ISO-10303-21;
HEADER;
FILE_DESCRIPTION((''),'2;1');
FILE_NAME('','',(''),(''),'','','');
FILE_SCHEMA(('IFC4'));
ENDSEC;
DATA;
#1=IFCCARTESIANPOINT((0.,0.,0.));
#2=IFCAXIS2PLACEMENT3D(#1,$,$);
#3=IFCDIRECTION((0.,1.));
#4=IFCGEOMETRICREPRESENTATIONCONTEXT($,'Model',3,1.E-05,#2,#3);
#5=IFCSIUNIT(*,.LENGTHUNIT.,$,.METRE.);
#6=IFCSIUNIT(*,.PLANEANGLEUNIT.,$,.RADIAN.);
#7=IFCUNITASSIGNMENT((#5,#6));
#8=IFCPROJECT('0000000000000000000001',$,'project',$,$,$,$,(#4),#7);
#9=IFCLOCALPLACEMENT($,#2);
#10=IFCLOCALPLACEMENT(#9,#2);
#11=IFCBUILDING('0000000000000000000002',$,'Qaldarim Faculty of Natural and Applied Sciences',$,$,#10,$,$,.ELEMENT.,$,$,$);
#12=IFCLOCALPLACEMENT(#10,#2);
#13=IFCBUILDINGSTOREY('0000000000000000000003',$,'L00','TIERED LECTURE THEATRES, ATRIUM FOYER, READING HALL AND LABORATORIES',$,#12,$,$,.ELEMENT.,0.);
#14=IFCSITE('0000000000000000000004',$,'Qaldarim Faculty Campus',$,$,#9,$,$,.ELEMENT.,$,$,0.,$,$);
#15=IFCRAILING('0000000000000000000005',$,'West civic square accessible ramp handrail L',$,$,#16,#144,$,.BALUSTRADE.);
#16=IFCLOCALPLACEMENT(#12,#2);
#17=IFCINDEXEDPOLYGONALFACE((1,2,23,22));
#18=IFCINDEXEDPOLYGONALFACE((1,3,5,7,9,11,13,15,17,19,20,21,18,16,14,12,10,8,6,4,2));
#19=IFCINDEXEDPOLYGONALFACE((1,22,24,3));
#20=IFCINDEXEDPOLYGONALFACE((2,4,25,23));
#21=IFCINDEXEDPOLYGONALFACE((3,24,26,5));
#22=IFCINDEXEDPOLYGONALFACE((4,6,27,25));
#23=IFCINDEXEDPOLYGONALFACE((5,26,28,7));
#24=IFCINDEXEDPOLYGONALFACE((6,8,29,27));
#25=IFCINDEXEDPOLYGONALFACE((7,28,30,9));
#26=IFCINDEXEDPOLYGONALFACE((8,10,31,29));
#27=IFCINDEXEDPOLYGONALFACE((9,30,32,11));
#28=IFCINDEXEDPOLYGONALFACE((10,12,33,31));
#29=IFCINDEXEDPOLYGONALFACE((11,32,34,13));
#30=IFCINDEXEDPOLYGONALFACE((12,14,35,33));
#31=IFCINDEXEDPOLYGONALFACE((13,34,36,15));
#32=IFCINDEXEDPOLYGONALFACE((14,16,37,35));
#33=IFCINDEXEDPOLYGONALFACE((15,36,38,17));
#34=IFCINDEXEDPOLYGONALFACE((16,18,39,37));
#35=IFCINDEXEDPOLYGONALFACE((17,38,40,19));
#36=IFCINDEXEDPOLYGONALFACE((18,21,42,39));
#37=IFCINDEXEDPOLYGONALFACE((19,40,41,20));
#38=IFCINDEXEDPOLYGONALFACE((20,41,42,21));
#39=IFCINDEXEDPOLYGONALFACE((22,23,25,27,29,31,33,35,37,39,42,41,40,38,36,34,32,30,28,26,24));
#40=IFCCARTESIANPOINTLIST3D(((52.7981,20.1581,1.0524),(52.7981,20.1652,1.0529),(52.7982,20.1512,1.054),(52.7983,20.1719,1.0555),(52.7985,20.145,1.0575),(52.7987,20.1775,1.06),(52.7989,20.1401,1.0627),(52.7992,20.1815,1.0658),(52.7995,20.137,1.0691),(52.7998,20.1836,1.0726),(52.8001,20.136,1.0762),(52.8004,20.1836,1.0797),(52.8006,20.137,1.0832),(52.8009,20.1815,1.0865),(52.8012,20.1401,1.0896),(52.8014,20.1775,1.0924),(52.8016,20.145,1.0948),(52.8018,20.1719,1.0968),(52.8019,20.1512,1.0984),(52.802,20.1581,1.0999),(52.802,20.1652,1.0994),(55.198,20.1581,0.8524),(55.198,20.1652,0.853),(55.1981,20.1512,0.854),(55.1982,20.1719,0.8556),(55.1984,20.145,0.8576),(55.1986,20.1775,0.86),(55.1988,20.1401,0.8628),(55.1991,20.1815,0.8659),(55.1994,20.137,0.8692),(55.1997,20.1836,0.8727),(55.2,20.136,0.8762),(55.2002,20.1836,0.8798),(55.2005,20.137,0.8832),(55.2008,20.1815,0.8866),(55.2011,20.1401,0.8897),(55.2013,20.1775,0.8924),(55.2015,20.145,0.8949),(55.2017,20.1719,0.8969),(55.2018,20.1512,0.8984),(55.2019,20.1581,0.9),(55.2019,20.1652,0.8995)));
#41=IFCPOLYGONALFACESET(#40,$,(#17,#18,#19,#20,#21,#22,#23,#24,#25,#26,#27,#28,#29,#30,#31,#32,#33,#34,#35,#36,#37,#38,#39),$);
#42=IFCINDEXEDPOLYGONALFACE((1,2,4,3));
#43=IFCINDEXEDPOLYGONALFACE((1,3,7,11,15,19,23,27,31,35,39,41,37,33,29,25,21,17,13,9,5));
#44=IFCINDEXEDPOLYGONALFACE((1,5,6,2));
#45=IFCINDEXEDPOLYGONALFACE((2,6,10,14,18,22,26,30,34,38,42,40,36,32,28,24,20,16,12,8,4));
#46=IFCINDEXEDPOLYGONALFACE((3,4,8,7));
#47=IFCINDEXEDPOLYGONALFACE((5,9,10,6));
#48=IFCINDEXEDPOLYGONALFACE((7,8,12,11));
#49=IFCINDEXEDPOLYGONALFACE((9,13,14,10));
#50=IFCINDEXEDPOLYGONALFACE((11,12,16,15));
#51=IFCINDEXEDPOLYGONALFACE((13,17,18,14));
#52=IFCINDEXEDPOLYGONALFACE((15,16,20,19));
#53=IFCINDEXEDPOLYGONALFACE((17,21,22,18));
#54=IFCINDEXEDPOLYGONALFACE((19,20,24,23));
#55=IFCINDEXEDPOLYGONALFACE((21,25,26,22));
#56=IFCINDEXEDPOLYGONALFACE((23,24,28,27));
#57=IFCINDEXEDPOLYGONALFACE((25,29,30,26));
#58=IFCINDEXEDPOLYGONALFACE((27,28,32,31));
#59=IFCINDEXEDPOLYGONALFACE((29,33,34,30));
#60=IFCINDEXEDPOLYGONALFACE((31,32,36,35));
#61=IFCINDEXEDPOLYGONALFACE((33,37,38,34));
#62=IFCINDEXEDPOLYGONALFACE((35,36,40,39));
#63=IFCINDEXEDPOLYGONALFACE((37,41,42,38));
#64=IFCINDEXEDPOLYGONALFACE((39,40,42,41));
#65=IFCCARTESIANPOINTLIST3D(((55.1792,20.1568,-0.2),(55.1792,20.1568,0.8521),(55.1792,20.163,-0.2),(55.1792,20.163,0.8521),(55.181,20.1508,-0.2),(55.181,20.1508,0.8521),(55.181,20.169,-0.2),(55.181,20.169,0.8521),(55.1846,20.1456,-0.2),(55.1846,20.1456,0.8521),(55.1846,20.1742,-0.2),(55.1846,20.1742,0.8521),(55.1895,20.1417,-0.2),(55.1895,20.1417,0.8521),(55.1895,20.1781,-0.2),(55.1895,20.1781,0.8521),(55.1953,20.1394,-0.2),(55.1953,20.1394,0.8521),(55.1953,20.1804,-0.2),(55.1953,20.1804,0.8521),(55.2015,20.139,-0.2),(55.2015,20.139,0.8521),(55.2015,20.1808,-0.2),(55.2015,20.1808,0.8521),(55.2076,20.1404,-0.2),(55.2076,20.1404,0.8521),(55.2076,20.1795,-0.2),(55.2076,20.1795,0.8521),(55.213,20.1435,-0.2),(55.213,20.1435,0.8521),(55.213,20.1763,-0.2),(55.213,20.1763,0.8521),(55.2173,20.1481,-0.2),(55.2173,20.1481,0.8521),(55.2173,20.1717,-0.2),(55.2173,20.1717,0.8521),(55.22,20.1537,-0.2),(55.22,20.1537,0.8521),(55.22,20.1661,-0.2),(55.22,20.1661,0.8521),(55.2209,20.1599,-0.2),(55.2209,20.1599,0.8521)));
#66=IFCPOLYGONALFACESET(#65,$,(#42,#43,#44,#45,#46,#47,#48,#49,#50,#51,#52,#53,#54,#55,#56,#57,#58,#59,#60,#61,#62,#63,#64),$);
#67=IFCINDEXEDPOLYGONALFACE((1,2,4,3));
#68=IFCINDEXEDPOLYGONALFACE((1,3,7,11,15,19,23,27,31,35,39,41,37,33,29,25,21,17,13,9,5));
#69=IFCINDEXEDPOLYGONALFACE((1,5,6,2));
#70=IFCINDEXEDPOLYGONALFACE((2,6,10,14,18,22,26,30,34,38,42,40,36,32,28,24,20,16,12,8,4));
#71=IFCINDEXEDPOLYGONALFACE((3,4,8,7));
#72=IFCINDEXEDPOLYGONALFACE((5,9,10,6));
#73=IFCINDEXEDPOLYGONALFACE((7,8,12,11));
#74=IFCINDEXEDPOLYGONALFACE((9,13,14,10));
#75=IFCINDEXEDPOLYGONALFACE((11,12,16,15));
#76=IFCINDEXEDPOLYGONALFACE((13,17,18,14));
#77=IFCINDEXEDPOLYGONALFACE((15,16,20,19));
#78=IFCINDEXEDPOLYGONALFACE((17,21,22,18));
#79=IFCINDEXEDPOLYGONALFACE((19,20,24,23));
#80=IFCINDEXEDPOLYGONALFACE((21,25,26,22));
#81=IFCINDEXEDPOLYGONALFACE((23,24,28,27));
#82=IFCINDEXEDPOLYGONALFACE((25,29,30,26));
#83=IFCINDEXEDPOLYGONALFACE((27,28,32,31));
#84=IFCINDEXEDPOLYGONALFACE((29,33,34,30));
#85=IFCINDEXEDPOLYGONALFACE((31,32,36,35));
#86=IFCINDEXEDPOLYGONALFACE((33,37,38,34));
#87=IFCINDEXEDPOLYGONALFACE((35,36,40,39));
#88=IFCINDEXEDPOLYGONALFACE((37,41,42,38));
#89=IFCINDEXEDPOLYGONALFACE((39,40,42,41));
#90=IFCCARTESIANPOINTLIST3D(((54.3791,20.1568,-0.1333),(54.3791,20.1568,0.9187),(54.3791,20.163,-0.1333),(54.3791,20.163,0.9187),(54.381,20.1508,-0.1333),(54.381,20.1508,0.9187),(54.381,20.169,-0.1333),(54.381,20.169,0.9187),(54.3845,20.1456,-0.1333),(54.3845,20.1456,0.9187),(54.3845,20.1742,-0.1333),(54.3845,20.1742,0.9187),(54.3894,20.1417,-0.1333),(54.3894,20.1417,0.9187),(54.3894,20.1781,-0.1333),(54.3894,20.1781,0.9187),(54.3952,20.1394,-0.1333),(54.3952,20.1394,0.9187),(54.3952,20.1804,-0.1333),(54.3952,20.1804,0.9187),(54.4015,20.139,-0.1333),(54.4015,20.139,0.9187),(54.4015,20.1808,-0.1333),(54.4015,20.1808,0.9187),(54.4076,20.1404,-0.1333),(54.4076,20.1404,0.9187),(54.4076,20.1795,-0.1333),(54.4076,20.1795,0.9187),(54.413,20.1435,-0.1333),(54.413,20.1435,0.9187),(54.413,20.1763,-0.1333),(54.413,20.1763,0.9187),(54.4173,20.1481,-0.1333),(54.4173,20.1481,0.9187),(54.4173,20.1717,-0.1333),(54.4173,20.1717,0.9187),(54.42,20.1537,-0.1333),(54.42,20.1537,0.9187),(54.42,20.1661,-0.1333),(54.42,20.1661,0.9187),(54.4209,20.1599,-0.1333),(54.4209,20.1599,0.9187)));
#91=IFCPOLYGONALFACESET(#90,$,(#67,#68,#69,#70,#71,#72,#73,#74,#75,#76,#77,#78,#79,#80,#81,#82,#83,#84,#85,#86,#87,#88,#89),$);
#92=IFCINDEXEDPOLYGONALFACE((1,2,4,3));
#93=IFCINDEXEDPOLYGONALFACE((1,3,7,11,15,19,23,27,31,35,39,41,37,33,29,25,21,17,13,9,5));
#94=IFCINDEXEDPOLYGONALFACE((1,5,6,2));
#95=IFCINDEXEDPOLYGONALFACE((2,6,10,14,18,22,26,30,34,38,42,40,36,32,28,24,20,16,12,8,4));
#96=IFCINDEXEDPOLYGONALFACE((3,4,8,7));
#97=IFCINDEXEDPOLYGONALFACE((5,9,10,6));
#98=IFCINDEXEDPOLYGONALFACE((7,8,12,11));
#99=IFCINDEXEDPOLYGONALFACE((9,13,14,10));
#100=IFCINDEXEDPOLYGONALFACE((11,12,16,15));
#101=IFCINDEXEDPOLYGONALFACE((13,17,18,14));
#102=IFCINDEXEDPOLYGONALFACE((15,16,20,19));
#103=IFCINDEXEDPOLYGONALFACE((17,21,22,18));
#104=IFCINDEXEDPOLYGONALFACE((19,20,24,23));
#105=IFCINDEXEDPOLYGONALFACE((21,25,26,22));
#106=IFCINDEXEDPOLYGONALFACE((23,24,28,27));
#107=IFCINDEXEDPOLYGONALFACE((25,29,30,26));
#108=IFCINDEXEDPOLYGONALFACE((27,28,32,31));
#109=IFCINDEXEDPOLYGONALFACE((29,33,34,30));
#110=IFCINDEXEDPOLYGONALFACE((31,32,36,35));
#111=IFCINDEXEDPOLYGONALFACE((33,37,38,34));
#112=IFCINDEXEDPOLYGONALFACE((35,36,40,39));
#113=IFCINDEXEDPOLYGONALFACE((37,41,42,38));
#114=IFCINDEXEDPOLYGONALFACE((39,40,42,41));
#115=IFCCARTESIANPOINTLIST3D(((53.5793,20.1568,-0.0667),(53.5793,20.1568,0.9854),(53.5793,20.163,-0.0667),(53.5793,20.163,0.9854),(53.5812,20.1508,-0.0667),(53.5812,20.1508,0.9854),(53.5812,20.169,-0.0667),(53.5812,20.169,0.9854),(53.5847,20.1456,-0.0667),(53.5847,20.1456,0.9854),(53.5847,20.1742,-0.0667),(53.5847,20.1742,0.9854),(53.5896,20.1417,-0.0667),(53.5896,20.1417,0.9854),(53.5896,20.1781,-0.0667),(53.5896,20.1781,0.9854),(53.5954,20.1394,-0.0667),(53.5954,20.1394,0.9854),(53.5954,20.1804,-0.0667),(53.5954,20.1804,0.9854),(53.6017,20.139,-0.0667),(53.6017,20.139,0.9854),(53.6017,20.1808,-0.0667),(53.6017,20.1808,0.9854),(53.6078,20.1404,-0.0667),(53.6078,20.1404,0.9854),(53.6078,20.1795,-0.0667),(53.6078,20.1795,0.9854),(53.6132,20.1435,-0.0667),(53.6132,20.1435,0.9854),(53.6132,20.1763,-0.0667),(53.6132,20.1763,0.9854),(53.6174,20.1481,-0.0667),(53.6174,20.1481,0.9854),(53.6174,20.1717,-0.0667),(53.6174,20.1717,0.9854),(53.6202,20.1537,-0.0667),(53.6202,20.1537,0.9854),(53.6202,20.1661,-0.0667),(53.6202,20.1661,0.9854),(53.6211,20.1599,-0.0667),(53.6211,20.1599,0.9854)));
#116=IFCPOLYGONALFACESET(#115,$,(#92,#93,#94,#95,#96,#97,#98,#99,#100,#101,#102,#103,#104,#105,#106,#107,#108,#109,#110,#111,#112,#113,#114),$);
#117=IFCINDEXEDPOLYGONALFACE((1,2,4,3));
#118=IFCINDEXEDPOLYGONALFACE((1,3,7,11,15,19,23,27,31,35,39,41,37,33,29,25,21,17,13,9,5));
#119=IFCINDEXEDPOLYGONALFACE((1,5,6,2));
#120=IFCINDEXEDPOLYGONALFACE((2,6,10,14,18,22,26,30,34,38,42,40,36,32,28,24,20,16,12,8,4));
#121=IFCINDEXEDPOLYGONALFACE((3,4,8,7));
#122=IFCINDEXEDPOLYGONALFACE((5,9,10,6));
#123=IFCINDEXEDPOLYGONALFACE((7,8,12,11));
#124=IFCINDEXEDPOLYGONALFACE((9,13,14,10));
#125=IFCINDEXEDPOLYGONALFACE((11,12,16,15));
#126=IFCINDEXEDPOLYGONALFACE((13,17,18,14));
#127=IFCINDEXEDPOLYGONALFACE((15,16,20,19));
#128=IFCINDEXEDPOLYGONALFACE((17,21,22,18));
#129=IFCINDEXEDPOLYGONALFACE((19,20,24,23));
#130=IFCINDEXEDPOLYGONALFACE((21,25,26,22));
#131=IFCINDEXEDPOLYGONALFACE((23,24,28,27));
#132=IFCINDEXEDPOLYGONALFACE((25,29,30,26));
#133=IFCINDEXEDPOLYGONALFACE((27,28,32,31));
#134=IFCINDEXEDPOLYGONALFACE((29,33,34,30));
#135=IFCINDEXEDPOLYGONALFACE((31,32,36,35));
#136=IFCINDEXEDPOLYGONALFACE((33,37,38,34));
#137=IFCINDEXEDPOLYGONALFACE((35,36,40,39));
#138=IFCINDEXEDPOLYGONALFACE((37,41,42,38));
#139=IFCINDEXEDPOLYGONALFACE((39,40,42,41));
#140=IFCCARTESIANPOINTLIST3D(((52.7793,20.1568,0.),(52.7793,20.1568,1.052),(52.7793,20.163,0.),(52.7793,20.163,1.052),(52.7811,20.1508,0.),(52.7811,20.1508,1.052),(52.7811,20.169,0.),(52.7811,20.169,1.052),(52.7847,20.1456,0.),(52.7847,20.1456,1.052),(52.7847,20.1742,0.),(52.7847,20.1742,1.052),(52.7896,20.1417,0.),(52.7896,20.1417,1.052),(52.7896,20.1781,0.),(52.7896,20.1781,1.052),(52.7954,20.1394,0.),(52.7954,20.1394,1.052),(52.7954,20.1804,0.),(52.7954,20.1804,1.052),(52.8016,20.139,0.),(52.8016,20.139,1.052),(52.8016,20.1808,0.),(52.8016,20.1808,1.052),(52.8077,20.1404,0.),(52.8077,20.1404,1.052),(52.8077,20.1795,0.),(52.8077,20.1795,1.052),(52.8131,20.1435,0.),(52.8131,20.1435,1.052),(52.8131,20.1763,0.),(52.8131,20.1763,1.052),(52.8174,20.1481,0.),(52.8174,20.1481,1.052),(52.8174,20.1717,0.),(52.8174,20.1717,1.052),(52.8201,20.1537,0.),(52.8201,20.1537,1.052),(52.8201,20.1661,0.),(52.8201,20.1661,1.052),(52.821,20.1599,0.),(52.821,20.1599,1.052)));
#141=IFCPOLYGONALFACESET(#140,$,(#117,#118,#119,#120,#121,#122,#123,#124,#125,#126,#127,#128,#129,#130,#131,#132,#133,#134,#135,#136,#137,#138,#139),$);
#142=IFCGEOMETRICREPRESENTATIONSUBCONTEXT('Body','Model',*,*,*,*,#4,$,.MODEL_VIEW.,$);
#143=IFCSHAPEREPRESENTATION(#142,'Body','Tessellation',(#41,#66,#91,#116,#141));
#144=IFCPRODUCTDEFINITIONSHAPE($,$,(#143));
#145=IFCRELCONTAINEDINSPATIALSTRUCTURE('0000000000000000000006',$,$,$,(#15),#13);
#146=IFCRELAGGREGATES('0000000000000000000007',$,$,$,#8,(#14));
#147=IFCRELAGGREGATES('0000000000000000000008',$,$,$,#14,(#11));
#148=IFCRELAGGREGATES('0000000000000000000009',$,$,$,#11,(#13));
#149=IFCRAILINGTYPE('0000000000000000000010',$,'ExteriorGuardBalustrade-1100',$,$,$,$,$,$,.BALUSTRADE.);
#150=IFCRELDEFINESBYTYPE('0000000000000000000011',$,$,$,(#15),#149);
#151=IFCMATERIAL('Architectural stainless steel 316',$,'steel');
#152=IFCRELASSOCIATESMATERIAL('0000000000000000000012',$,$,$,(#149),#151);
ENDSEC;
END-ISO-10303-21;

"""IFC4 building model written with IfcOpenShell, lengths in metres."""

from ifc_helpers import new_model, si_unit, direction, frame, origin, origin_2d, place, context, subcontext, project, spatial, circle, extrude, material, type_object, element, save


model = new_model("IFC4")

# Units and contexts
model_context = context("Model", 3, precision=1e-05, world=origin(), true_north=direction((0.0, 1.0)))
body_context = subcontext(model_context, "Body", "Model", "MODEL_VIEW")
ifc_project = project(units=[si_unit("LENGTHUNIT", "METRE"), si_unit("PLANEANGLEUNIT", "RADIAN")], contexts=[model_context])

# Site, building, storey
site_placement = place(None, origin())
site = spatial("IfcSite", under=ifc_project, at=site_placement, Name="Qaldarim Faculty Campus", CompositionType="ELEMENT", RefElevation=0.0)
building_placement = place(site_placement, origin())
building = spatial("IfcBuilding", under=site, at=building_placement, Name="Qaldarim Faculty of Natural and Applied Sciences", CompositionType="ELEMENT")
storey_placement = place(building_placement, origin())
storey = spatial("IfcBuildingStorey", under=building, at=storey_placement, Name="L00", Description="TIERED LECTURE THEATRES, ATRIUM FOYER, READING HALL AND LABORATORIES", CompositionType="ELEMENT", Elevation=0.0)

# Railing
ifc_material_1 = material(Name="Architectural stainless steel 316", Category="steel")
railing_type = type_object("IfcRailingType", Name="ExteriorGuardBalustrade-1100", PredefinedType="BALUSTRADE", material=ifc_material_1)
for number, where, name in (
    (1, (55.2, 20.1599, -0.2), "West civic square accessible ramp handrail L"),
):
    element("IfcRailing", number, at=place(storey_placement, frame(where)), inside=storey, type_object=railing_type, Name=name, PredefinedType="BALUSTRADE", context=body_context, shape_type="SweptSolid", body=[
        extrude(circle(Radius=0.0239, at=origin_2d()), frame((0.0, 0.0, 1.0762), z_axis=(-0.996547, 0.0, 0.083029), x_axis=(0.0, -1.0, 0.0)), (0.0, 0.0, 1.0), 2.4082),
        extrude(circle(Radius=0.021, at=origin_2d()), origin(), (0.0, 0.0, 1.0), 1.052),
        extrude(circle(Radius=0.021, at=origin_2d()), frame((-0.8, 0.0, 0.0667)), (0.0, 0.0, 1.0), 1.052),
        extrude(circle(Radius=0.021, at=origin_2d()), frame((-1.5999, 0.0, 0.1333)), (0.0, 0.0, 1.0), 1.052),
        extrude(circle(Radius=0.021, at=origin_2d()), frame((-2.3999, 0.0, 0.2)), (0.0, 0.0, 1.0), 1.052),
    ])

save(model, "model.ifc")
